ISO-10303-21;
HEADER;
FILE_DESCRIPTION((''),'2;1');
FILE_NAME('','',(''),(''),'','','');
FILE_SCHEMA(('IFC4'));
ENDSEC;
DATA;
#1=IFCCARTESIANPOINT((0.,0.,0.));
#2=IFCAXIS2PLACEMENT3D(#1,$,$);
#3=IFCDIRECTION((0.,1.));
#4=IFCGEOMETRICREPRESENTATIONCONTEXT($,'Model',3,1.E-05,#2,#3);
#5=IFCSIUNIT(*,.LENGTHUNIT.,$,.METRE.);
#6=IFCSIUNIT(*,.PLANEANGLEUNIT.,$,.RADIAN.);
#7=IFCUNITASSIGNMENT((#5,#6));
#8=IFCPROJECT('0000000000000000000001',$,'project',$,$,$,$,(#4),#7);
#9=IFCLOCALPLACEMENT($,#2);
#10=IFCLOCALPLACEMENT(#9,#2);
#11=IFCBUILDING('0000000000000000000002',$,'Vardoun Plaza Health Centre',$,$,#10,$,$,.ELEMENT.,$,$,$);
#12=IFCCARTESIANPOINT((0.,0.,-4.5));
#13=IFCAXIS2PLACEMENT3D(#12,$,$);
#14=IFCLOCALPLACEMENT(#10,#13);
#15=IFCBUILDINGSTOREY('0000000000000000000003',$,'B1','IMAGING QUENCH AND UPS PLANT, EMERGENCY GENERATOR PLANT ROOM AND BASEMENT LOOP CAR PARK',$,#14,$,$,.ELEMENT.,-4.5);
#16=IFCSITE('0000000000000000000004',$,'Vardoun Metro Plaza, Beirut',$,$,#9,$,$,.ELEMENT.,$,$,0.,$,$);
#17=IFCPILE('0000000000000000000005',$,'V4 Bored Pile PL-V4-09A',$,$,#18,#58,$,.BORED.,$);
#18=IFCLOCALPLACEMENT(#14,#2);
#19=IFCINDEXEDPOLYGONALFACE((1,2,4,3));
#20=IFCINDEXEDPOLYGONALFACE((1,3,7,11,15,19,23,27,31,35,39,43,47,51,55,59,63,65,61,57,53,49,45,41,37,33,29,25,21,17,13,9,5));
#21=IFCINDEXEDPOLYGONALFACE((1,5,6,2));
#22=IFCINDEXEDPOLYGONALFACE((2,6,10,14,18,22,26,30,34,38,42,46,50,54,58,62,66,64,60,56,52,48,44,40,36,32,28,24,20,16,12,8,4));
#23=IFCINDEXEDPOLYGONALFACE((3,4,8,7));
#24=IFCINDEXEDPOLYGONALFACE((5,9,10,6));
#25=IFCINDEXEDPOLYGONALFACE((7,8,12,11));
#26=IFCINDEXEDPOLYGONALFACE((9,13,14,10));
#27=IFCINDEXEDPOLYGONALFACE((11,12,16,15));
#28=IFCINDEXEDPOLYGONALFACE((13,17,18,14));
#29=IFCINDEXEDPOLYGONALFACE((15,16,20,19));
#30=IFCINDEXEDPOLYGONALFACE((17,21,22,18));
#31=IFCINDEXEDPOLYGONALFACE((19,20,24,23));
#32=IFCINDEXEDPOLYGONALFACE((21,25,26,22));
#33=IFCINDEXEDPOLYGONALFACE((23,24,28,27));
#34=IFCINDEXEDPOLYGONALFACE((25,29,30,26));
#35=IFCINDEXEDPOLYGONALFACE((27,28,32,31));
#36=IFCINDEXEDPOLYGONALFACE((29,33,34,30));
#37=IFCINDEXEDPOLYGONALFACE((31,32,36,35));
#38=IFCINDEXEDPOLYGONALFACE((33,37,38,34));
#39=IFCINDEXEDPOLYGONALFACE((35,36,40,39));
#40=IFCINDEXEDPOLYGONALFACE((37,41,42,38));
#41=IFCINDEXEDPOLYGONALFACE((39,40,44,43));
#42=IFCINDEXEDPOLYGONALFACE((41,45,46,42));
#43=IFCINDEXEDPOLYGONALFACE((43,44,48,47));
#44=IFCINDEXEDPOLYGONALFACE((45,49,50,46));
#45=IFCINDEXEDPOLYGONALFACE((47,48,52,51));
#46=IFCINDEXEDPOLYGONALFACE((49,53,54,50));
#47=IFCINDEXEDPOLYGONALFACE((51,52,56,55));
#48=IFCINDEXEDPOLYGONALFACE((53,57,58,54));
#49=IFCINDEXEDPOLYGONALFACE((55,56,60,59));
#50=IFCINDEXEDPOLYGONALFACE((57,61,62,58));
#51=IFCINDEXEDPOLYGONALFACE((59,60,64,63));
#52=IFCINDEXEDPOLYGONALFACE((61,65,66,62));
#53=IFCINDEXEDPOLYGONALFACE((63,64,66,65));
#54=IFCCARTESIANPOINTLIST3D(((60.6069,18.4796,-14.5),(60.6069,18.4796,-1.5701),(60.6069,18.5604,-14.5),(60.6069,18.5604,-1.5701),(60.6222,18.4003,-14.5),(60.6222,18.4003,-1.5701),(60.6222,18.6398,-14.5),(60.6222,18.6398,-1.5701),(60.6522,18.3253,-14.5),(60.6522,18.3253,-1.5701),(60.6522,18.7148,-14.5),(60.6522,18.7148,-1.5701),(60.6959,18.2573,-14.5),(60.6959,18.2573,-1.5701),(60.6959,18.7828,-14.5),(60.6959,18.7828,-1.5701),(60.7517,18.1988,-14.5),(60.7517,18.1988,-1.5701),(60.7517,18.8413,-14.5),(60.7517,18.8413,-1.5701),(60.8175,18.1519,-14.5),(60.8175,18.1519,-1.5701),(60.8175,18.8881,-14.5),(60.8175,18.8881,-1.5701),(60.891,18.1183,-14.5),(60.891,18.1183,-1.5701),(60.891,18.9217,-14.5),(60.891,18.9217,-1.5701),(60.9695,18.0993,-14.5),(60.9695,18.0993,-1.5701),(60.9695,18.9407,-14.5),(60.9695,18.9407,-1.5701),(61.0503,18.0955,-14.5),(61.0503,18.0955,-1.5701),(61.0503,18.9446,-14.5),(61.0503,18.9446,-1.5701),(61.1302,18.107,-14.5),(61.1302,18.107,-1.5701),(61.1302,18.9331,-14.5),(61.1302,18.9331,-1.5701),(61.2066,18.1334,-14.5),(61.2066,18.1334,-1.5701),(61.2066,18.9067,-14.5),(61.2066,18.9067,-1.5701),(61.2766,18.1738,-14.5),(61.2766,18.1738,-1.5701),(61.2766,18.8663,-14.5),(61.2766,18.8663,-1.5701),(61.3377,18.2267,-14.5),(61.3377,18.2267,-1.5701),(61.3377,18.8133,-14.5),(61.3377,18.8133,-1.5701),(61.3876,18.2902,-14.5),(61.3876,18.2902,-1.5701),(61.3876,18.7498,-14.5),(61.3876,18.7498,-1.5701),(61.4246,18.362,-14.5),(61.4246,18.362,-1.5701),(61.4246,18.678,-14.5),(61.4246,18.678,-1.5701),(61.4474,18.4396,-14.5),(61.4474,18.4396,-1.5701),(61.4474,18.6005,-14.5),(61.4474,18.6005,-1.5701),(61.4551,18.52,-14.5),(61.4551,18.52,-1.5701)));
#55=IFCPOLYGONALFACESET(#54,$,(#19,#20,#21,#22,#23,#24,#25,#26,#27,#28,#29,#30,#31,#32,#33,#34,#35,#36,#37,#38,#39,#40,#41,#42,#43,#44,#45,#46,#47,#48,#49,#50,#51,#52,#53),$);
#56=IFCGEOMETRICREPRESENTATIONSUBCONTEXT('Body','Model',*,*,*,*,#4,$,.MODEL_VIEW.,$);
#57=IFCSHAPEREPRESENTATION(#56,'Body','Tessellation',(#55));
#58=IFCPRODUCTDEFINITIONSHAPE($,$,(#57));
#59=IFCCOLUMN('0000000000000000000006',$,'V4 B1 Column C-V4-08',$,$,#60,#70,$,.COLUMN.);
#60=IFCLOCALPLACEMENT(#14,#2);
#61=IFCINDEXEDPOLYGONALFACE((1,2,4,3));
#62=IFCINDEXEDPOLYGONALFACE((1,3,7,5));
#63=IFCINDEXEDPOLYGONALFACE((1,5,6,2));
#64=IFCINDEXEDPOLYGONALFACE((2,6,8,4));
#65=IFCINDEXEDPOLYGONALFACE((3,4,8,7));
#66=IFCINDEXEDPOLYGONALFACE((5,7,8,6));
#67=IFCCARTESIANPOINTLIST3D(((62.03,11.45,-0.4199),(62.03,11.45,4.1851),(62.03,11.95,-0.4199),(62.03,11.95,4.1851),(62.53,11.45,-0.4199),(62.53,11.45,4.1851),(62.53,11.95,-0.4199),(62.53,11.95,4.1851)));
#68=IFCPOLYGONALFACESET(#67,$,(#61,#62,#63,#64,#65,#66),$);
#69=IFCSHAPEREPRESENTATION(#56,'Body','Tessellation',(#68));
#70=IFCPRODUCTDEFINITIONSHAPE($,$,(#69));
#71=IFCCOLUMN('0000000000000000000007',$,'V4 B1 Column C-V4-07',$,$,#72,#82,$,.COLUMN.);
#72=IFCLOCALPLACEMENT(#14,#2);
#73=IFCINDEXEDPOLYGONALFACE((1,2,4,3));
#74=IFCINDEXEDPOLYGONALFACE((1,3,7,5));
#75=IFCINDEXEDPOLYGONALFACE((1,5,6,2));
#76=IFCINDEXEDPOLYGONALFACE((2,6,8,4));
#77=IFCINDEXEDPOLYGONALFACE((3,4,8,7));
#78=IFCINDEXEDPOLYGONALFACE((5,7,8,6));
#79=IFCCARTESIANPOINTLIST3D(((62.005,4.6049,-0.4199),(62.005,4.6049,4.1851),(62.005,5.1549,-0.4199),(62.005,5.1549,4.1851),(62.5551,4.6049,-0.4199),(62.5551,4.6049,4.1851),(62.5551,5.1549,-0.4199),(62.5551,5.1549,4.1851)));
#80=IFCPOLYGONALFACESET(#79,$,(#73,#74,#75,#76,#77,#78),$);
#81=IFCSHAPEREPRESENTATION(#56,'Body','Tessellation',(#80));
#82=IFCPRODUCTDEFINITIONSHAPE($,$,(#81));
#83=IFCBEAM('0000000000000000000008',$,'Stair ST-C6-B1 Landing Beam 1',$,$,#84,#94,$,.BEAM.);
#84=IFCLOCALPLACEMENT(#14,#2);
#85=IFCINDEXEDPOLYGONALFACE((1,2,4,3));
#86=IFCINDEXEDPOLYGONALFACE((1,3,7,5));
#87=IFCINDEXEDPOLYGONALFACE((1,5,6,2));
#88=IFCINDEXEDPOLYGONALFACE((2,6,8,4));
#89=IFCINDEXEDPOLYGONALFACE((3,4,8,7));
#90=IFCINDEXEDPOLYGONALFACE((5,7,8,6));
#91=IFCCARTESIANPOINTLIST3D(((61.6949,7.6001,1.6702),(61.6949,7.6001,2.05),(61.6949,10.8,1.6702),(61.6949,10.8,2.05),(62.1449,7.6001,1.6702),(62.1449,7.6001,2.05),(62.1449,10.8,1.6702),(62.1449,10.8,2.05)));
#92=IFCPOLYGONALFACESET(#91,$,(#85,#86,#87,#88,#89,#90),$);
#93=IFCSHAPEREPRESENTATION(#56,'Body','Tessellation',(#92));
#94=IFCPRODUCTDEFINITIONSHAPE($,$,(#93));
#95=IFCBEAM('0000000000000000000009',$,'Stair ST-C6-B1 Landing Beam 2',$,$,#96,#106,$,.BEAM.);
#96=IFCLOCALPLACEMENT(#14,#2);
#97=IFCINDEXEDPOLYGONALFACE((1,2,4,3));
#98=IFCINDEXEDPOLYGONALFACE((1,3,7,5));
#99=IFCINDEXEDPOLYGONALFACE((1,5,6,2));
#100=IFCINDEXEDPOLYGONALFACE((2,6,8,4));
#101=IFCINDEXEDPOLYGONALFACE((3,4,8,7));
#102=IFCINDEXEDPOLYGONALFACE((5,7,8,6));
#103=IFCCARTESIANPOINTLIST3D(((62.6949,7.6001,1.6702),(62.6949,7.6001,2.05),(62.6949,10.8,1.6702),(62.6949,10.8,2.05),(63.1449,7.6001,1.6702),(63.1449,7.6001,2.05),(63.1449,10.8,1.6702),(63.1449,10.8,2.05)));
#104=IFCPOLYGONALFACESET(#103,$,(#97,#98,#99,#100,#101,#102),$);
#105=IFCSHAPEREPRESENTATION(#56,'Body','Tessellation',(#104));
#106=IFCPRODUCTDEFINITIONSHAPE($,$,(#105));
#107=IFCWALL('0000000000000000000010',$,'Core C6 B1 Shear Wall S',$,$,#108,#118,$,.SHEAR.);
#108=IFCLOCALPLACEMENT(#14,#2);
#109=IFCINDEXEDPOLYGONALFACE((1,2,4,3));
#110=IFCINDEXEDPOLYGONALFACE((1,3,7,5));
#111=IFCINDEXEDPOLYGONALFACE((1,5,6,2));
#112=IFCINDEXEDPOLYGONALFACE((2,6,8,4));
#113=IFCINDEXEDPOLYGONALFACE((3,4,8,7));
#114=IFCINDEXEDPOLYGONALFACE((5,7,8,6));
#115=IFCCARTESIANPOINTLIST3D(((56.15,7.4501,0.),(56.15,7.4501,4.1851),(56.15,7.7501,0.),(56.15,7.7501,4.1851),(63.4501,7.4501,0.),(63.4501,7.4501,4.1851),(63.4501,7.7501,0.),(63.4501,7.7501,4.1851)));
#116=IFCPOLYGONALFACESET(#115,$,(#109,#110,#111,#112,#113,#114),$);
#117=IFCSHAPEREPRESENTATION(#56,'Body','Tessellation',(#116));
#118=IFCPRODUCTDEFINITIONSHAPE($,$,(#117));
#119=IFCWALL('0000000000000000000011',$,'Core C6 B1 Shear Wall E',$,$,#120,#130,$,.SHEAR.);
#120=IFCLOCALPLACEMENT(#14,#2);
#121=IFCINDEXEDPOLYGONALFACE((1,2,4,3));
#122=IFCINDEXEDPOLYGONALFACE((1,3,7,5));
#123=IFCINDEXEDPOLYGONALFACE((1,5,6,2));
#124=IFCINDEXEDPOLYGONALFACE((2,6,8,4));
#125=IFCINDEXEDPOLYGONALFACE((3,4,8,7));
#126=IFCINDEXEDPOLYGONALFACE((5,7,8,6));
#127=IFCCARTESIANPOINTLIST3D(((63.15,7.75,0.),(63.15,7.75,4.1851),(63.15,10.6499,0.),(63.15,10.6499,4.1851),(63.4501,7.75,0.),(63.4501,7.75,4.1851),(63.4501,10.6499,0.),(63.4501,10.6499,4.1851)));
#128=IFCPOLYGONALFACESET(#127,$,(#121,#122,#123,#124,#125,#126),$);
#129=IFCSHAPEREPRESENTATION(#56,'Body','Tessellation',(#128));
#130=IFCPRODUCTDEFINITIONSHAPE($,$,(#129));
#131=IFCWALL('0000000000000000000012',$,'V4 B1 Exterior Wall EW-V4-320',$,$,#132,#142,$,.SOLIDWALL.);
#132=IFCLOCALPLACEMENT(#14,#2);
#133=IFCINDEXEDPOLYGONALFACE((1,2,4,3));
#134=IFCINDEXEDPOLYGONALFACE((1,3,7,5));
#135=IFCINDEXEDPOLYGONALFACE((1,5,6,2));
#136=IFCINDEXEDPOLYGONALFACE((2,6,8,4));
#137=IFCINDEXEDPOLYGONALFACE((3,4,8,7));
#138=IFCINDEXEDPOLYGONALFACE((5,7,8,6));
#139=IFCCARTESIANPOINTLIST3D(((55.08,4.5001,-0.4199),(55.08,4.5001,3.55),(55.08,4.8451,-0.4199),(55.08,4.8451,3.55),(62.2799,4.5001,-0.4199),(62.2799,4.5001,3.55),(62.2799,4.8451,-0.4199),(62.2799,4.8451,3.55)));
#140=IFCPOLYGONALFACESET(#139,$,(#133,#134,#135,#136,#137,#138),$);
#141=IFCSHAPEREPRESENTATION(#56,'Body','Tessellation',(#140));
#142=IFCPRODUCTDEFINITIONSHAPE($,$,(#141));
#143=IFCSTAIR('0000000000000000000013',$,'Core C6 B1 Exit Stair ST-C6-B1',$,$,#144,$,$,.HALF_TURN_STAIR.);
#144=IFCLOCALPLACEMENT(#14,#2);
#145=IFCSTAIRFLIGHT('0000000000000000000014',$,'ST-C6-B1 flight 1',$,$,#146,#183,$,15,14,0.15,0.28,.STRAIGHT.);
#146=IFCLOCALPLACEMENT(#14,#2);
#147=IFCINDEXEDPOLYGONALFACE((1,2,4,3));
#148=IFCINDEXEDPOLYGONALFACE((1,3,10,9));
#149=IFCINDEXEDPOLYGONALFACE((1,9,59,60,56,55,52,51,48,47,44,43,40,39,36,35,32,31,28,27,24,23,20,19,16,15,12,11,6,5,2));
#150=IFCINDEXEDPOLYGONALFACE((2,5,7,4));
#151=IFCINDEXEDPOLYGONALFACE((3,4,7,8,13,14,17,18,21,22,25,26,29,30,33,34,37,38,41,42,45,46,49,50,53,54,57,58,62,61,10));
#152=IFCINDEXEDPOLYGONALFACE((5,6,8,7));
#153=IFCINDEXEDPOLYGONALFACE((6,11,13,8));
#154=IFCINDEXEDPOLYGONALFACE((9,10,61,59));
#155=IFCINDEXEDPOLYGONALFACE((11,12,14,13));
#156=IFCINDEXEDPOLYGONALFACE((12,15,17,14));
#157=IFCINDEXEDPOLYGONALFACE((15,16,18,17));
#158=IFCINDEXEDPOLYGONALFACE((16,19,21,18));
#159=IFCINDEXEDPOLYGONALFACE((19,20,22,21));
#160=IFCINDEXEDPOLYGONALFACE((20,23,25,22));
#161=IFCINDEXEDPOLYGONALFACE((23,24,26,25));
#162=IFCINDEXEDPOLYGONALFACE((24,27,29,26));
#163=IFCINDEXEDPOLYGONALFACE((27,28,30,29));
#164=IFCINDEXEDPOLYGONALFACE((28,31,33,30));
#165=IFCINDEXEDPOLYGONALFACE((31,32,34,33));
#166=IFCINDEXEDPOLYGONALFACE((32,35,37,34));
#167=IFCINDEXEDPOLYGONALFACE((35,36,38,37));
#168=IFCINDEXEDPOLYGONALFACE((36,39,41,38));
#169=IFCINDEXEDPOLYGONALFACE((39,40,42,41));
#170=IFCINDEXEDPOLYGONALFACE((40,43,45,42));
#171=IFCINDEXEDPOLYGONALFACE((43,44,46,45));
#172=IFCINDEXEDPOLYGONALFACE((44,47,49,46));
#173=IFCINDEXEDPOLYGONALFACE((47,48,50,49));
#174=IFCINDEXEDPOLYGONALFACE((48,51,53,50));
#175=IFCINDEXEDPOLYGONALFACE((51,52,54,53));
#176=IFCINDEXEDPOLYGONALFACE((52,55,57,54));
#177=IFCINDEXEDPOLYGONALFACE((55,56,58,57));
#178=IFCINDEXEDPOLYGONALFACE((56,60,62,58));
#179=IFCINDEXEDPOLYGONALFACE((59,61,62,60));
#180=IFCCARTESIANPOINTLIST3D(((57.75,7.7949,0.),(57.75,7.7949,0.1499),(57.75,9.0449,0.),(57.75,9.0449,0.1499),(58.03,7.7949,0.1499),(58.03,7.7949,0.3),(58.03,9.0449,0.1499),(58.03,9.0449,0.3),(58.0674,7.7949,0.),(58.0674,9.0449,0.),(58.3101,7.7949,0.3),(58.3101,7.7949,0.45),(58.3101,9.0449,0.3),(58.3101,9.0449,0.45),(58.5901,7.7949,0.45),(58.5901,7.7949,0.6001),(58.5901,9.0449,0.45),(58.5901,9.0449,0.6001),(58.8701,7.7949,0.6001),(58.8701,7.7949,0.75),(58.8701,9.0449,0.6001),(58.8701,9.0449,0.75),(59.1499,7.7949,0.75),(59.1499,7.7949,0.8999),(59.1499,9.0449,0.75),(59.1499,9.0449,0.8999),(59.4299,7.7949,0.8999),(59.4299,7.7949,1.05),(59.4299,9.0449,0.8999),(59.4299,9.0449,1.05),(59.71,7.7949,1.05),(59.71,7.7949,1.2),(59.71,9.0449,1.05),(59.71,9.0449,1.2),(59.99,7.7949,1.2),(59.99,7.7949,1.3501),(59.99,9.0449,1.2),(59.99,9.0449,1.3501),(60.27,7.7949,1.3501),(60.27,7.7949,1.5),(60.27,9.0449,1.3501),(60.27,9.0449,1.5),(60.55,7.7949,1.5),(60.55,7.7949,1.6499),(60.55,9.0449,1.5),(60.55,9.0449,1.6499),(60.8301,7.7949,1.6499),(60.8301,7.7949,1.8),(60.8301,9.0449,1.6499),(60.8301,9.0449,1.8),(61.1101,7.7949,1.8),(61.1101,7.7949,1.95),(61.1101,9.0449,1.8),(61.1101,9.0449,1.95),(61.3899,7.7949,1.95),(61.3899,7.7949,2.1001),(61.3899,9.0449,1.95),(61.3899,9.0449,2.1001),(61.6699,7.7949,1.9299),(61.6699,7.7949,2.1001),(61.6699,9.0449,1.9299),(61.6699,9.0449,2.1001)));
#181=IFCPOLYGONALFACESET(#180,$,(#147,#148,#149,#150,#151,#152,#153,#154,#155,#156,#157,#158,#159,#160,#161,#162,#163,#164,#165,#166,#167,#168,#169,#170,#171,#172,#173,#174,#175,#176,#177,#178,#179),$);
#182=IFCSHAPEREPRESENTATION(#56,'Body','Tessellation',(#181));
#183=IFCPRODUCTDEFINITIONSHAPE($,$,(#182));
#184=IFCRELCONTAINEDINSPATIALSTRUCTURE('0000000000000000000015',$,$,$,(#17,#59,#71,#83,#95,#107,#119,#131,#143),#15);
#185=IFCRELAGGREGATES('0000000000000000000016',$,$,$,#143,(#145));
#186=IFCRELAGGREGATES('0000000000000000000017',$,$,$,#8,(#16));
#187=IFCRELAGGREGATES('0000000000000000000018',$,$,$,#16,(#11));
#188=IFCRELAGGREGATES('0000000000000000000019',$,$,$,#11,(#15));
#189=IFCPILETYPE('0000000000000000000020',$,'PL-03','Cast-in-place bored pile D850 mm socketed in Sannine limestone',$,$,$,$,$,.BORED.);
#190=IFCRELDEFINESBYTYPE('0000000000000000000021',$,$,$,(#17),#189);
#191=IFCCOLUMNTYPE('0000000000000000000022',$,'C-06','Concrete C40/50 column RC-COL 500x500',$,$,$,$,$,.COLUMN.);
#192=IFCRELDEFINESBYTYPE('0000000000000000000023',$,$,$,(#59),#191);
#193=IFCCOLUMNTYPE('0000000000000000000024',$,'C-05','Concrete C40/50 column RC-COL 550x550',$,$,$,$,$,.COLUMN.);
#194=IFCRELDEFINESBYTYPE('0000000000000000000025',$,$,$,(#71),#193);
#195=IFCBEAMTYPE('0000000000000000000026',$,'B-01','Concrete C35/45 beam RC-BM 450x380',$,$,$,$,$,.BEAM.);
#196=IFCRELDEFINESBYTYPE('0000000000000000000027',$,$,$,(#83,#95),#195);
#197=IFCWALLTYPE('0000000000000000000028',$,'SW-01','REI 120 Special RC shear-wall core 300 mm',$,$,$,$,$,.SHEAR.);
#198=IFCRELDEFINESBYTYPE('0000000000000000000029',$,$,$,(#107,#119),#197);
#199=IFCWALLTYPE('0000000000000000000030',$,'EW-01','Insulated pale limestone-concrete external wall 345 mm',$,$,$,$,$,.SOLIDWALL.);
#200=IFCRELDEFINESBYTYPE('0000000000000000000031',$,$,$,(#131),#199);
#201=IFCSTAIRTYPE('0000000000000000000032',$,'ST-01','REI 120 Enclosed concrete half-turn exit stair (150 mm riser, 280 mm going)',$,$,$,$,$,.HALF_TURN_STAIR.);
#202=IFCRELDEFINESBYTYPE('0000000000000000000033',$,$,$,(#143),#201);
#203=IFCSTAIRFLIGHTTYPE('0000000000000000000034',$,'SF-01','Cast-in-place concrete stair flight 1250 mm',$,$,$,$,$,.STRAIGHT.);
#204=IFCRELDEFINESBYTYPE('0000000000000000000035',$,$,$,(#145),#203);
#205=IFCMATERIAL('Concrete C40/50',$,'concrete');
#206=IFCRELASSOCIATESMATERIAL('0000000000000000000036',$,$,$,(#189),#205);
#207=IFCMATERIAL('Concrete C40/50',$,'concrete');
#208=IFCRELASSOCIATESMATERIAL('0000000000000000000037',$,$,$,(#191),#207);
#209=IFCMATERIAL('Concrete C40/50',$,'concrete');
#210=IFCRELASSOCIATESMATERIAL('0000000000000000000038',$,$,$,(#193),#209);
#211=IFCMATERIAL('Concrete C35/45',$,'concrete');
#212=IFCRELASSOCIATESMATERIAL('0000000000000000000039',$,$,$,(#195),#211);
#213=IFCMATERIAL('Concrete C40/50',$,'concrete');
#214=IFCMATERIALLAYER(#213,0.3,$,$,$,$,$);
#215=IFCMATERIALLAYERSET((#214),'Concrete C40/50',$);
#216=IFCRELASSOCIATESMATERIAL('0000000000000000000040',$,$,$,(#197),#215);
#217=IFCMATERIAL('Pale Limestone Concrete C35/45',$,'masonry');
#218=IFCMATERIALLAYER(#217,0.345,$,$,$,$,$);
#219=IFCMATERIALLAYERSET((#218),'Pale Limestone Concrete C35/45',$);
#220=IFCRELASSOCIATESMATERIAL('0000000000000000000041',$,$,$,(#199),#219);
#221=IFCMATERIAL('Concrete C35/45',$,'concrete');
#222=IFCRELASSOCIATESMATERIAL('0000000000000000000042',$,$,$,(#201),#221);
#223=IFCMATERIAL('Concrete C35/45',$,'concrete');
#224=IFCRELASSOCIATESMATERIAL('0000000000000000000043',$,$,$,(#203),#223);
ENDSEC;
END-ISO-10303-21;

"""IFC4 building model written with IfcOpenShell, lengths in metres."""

from ifc_helpers import new_model, si_unit, direction, frame, frame_2d, origin, origin_2d, place, context, subcontext, project, spatial, polyline, rectangle, circle, outline, extrude, material, layer, layer_set, material_profile, profile_set, type_object, element, aggregate, save


model = new_model("IFC4")

# Units and contexts
model_context = context("Model", 3, precision=1e-05, world=origin(), true_north=direction((0.0, 1.0)))
body_context = subcontext(model_context, "Body", "Model", "MODEL_VIEW")
ifc_project = project(units=[si_unit("LENGTHUNIT", "METRE"), si_unit("PLANEANGLEUNIT", "RADIAN")], contexts=[model_context])

# Site, building, storey
site_placement = place(None, origin())
site = spatial("IfcSite", under=ifc_project, at=site_placement, Name="Vardoun Metro Plaza, Beirut", CompositionType="ELEMENT", RefElevation=0.0)
building_placement = place(site_placement, origin())
building = spatial("IfcBuilding", under=site, at=building_placement, Name="Vardoun Plaza Health Centre", CompositionType="ELEMENT")
storey_placement = place(building_placement, frame((0.0, 0.0, -4.5)))
storey = spatial("IfcBuildingStorey", under=building, at=storey_placement, Name="B1", Description="IMAGING QUENCH AND UPS PLANT, EMERGENCY GENERATOR PLANT ROOM AND BASEMENT LOOP CAR PARK", CompositionType="ELEMENT", Elevation=-4.5)

# Pile
ifc_material_1 = material(Name="Concrete C40/50", Category="concrete")
ifc_material_profile_1 = material_profile(ifc_material_1, circle(Radius=0.425, at=origin_2d()), Name="PILE D850")
ifc_profile_set_1 = profile_set([ifc_material_profile_1], Name="Concrete C40/50")
pile_type_1 = type_object("IfcPileType", Name="PL-03", Description="Cast-in-place bored pile D850 mm socketed in Sannine limestone", PredefinedType="BORED", material=ifc_profile_set_1)
pile_placement = place(storey_placement, frame((61.03, 18.52, -1.5701), z_axis=(0.0, 0.0, -1.0), x_axis=(1.0, 0.0, 0.0)))
element("IfcPile", 1, at=pile_placement, inside=storey, type_object=pile_type_1, Name="V4 Bored Pile PL-V4-09A", PredefinedType="BORED", context=body_context, shape_type="SweptSolid", body=[
    extrude(circle(Radius=0.425, at=origin_2d()), origin(), (0.0, 0.0, 1.0), 12.9299),
])

# Columns
ifc_material_2 = material(Name="Concrete C40/50", Category="concrete")
ifc_material_profile_2 = material_profile(ifc_material_2, rectangle(XDim=0.5, YDim=0.5, at=origin_2d()), Name="RC-COL 500x500")
ifc_profile_set_2 = profile_set([ifc_material_profile_2], Name="Concrete C40/50")
column_type_1 = type_object("IfcColumnType", Name="C-06", Description="Concrete C40/50 column RC-COL 500x500", PredefinedType="COLUMN", material=ifc_profile_set_2)
column_1_placement = place(storey_placement, frame((62.28, 11.7, -0.4199), z_axis=(0.0, 0.0, 1.0), x_axis=(1.0, 0.0, 0.0)))
element("IfcColumn", 2, at=column_1_placement, inside=storey, type_object=column_type_1, Name="V4 B1 Column C-V4-08", PredefinedType="COLUMN", context=body_context, shape_type="SweptSolid", body=[
    extrude(rectangle(XDim=0.5, YDim=0.5, at=origin_2d()), origin(), (0.0, 0.0, 1.0), 4.605),
])
ifc_material_3 = material(Name="Concrete C40/50", Category="concrete")
ifc_material_profile_3 = material_profile(ifc_material_3, rectangle(XDim=0.55, YDim=0.55, at=origin_2d()), Name="RC-COL 550x550")
ifc_profile_set_3 = profile_set([ifc_material_profile_3], Name="Concrete C40/50")
column_type_2 = type_object("IfcColumnType", Name="C-05", Description="Concrete C40/50 column RC-COL 550x550", PredefinedType="COLUMN", material=ifc_profile_set_3)
column_2_placement = place(storey_placement, frame((62.28, 4.8799, -0.4199), z_axis=(0.0, 0.0, 1.0), x_axis=(1.0, 0.0, 0.0)))
element("IfcColumn", 3, at=column_2_placement, inside=storey, type_object=column_type_2, Name="V4 B1 Column C-V4-07", PredefinedType="COLUMN", context=body_context, shape_type="SweptSolid", body=[
    extrude(rectangle(XDim=0.55, YDim=0.55, at=origin_2d()), origin(), (0.0, 0.0, 1.0), 4.605),
])

# Beams
ifc_material_4 = material(Name="Concrete C35/45", Category="concrete")
ifc_material_profile_4 = material_profile(ifc_material_4, rectangle(XDim=0.45, YDim=0.3799, at=origin_2d()), Name="RC-BM 450x380")
ifc_profile_set_4 = profile_set([ifc_material_profile_4], Name="Concrete C35/45")
beam_type = type_object("IfcBeamType", Name="B-01", Description="Concrete C35/45 beam RC-BM 450x380", PredefinedType="BEAM", material=ifc_profile_set_4)
for number, where, z_axis, x_axis, name in (
    (4, (61.9199, 7.6001, 1.8601), (0.0, 1.0, 0.0), (-1.0, 0.0, 0.0), "Stair ST-C6-B1 Landing Beam 1"),
    (5, (62.9199, 7.6001, 1.8601), (0.0, 1.0, 0.0), (-1.0, 0.0, 0.0), "Stair ST-C6-B1 Landing Beam 2"),
):
    element("IfcBeam", number, at=place(storey_placement, frame(where, z_axis=z_axis, x_axis=x_axis)), inside=storey, type_object=beam_type, Name=name, PredefinedType="BEAM", context=body_context, shape_type="SweptSolid", body=[
        extrude(rectangle(XDim=0.45, YDim=0.3799, at=origin_2d()), origin(), (0.0, 0.0, 1.0), 3.2),
    ])

# Walls
ifc_material_5 = material(Name="Concrete C40/50", Category="concrete")
ifc_layer_1 = layer(ifc_material_5, 0.3)
ifc_layer_set_1 = layer_set([ifc_layer_1], Name="Concrete C40/50")
wall_type_1 = type_object("IfcWallType", Name="SW-01", Description="REI 120 Special RC shear-wall core 300 mm", PredefinedType="SHEAR", material=ifc_layer_set_1)
wall_1_placement = place(storey_placement, frame((63.45, 7.6001, 0.0), z_axis=(0.0, 0.0, 1.0), x_axis=(-1.0, 0.0, 0.0)))
element("IfcWall", 6, at=wall_1_placement, inside=storey, type_object=wall_type_1, Name="Core C6 B1 Shear Wall S", PredefinedType="SHEAR", context=body_context, shape_type="SweptSolid", body=[
    extrude(rectangle(XDim=7.3, YDim=0.3, at=frame_2d((3.6499, 0.0))), origin(), (0.0, 0.0, 1.0), 4.1851),
])
wall_2_placement = place(storey_placement, frame((63.3, 10.6499, 0.0), z_axis=(0.0, 0.0, 1.0), x_axis=(0.0, -1.0, 0.0)))
element("IfcWall", 7, at=wall_2_placement, inside=storey, type_object=wall_type_1, Name="Core C6 B1 Shear Wall E", PredefinedType="SHEAR", context=body_context, shape_type="SweptSolid", body=[
    extrude(rectangle(XDim=2.8999, YDim=0.3, at=frame_2d((1.45, 0.0))), origin(), (0.0, 0.0, 1.0), 4.1851),
])
ifc_material_6 = material(Name="Pale Limestone Concrete C35/45", Category="masonry")
ifc_layer_2 = layer(ifc_material_6, 0.345)
ifc_layer_set_2 = layer_set([ifc_layer_2], Name="Pale Limestone Concrete C35/45")
wall_type_2 = type_object("IfcWallType", Name="EW-01", Description="Insulated pale limestone-concrete external wall 345 mm", PredefinedType="SOLIDWALL", material=ifc_layer_set_2)
wall_3_placement = place(storey_placement, frame((62.28, 4.6726, -0.4199), z_axis=(0.0, 0.0, 1.0), x_axis=(-1.0, 0.0, 0.0)))
element("IfcWall", 8, at=wall_3_placement, inside=storey, type_object=wall_type_2, Name="V4 B1 Exterior Wall EW-V4-320", PredefinedType="SOLIDWALL", context=body_context, shape_type="SweptSolid", body=[
    extrude(rectangle(XDim=7.2, YDim=0.345, at=frame_2d((3.6001, 0.0))), origin(), (0.0, 0.0, 1.0), 3.97),
])

# Stair, stair flight
ifc_material_7 = material(Name="Concrete C35/45", Category="concrete")
stair_type = type_object("IfcStairType", Name="ST-01", Description="REI 120 Enclosed concrete half-turn exit stair (150 mm riser, 280 mm going)", PredefinedType="HALF_TURN_STAIR", material=ifc_material_7)
stair_placement = place(storey_placement, origin())
stair = element("IfcStair", 9, at=stair_placement, inside=storey, type_object=stair_type, Name="Core C6 B1 Exit Stair ST-C6-B1", PredefinedType="HALF_TURN_STAIR")
ifc_material_8 = material(Name="Concrete C35/45", Category="concrete")
stair_flight_type = type_object("IfcStairFlightType", Name="SF-01", Description="Cast-in-place concrete stair flight 1250 mm", PredefinedType="STRAIGHT", material=ifc_material_8)
stair_flight_1_placement = place(storey_placement, frame((57.75, 8.4199, 0.0), z_axis=(0.0, 0.0, 1.0), x_axis=(1.0, 0.0, 0.0)))
stair_flight_1 = element("IfcStairFlight", 10, at=stair_flight_1_placement, type_object=stair_flight_type, Name="ST-C6-B1 flight 1", NumberOfRisers=15, NumberOfTreads=14, PredefinedType="STRAIGHT", RiserHeight=0.15, TreadLength=0.28, context=body_context, shape_type="SweptSolid", body=[
    extrude(outline(polyline([(0.0, 0.0), (0.0, 0.1499), (0.28, 0.1499), (0.28, 0.3), (0.5601, 0.3), (0.5601, 0.45), (0.8401, 0.45), (0.8401, 0.6001), (1.1201, 0.6001), (1.1201, 0.75), (1.3999, 0.75), (1.3999, 0.8999), (1.6799, 0.8999), (1.6799, 1.05), (1.96, 1.05), (1.96, 1.2), (2.24, 1.2), (2.24, 1.3501), (2.52, 1.3501), (2.52, 1.5), (2.8, 1.5), (2.8, 1.6499), (3.0801, 1.6499), (3.0801, 1.8), (3.3601, 1.8), (3.3601, 1.95), (3.6399, 1.95), (3.6399, 2.1001), (3.9199, 2.1001), (3.9199, 2.25), (3.9199, 1.9299), (0.3174, 0.0), (0.0, 0.0)])), frame((0.0, 0.625, 0.0), z_axis=(0.0, -1.0, 0.0), x_axis=(1.0, 0.0, 0.0)), (0.0, 0.0, 1.0), 1.25),
])
aggregate(stair, [stair_flight_1])

save(model, "model.ifc")
